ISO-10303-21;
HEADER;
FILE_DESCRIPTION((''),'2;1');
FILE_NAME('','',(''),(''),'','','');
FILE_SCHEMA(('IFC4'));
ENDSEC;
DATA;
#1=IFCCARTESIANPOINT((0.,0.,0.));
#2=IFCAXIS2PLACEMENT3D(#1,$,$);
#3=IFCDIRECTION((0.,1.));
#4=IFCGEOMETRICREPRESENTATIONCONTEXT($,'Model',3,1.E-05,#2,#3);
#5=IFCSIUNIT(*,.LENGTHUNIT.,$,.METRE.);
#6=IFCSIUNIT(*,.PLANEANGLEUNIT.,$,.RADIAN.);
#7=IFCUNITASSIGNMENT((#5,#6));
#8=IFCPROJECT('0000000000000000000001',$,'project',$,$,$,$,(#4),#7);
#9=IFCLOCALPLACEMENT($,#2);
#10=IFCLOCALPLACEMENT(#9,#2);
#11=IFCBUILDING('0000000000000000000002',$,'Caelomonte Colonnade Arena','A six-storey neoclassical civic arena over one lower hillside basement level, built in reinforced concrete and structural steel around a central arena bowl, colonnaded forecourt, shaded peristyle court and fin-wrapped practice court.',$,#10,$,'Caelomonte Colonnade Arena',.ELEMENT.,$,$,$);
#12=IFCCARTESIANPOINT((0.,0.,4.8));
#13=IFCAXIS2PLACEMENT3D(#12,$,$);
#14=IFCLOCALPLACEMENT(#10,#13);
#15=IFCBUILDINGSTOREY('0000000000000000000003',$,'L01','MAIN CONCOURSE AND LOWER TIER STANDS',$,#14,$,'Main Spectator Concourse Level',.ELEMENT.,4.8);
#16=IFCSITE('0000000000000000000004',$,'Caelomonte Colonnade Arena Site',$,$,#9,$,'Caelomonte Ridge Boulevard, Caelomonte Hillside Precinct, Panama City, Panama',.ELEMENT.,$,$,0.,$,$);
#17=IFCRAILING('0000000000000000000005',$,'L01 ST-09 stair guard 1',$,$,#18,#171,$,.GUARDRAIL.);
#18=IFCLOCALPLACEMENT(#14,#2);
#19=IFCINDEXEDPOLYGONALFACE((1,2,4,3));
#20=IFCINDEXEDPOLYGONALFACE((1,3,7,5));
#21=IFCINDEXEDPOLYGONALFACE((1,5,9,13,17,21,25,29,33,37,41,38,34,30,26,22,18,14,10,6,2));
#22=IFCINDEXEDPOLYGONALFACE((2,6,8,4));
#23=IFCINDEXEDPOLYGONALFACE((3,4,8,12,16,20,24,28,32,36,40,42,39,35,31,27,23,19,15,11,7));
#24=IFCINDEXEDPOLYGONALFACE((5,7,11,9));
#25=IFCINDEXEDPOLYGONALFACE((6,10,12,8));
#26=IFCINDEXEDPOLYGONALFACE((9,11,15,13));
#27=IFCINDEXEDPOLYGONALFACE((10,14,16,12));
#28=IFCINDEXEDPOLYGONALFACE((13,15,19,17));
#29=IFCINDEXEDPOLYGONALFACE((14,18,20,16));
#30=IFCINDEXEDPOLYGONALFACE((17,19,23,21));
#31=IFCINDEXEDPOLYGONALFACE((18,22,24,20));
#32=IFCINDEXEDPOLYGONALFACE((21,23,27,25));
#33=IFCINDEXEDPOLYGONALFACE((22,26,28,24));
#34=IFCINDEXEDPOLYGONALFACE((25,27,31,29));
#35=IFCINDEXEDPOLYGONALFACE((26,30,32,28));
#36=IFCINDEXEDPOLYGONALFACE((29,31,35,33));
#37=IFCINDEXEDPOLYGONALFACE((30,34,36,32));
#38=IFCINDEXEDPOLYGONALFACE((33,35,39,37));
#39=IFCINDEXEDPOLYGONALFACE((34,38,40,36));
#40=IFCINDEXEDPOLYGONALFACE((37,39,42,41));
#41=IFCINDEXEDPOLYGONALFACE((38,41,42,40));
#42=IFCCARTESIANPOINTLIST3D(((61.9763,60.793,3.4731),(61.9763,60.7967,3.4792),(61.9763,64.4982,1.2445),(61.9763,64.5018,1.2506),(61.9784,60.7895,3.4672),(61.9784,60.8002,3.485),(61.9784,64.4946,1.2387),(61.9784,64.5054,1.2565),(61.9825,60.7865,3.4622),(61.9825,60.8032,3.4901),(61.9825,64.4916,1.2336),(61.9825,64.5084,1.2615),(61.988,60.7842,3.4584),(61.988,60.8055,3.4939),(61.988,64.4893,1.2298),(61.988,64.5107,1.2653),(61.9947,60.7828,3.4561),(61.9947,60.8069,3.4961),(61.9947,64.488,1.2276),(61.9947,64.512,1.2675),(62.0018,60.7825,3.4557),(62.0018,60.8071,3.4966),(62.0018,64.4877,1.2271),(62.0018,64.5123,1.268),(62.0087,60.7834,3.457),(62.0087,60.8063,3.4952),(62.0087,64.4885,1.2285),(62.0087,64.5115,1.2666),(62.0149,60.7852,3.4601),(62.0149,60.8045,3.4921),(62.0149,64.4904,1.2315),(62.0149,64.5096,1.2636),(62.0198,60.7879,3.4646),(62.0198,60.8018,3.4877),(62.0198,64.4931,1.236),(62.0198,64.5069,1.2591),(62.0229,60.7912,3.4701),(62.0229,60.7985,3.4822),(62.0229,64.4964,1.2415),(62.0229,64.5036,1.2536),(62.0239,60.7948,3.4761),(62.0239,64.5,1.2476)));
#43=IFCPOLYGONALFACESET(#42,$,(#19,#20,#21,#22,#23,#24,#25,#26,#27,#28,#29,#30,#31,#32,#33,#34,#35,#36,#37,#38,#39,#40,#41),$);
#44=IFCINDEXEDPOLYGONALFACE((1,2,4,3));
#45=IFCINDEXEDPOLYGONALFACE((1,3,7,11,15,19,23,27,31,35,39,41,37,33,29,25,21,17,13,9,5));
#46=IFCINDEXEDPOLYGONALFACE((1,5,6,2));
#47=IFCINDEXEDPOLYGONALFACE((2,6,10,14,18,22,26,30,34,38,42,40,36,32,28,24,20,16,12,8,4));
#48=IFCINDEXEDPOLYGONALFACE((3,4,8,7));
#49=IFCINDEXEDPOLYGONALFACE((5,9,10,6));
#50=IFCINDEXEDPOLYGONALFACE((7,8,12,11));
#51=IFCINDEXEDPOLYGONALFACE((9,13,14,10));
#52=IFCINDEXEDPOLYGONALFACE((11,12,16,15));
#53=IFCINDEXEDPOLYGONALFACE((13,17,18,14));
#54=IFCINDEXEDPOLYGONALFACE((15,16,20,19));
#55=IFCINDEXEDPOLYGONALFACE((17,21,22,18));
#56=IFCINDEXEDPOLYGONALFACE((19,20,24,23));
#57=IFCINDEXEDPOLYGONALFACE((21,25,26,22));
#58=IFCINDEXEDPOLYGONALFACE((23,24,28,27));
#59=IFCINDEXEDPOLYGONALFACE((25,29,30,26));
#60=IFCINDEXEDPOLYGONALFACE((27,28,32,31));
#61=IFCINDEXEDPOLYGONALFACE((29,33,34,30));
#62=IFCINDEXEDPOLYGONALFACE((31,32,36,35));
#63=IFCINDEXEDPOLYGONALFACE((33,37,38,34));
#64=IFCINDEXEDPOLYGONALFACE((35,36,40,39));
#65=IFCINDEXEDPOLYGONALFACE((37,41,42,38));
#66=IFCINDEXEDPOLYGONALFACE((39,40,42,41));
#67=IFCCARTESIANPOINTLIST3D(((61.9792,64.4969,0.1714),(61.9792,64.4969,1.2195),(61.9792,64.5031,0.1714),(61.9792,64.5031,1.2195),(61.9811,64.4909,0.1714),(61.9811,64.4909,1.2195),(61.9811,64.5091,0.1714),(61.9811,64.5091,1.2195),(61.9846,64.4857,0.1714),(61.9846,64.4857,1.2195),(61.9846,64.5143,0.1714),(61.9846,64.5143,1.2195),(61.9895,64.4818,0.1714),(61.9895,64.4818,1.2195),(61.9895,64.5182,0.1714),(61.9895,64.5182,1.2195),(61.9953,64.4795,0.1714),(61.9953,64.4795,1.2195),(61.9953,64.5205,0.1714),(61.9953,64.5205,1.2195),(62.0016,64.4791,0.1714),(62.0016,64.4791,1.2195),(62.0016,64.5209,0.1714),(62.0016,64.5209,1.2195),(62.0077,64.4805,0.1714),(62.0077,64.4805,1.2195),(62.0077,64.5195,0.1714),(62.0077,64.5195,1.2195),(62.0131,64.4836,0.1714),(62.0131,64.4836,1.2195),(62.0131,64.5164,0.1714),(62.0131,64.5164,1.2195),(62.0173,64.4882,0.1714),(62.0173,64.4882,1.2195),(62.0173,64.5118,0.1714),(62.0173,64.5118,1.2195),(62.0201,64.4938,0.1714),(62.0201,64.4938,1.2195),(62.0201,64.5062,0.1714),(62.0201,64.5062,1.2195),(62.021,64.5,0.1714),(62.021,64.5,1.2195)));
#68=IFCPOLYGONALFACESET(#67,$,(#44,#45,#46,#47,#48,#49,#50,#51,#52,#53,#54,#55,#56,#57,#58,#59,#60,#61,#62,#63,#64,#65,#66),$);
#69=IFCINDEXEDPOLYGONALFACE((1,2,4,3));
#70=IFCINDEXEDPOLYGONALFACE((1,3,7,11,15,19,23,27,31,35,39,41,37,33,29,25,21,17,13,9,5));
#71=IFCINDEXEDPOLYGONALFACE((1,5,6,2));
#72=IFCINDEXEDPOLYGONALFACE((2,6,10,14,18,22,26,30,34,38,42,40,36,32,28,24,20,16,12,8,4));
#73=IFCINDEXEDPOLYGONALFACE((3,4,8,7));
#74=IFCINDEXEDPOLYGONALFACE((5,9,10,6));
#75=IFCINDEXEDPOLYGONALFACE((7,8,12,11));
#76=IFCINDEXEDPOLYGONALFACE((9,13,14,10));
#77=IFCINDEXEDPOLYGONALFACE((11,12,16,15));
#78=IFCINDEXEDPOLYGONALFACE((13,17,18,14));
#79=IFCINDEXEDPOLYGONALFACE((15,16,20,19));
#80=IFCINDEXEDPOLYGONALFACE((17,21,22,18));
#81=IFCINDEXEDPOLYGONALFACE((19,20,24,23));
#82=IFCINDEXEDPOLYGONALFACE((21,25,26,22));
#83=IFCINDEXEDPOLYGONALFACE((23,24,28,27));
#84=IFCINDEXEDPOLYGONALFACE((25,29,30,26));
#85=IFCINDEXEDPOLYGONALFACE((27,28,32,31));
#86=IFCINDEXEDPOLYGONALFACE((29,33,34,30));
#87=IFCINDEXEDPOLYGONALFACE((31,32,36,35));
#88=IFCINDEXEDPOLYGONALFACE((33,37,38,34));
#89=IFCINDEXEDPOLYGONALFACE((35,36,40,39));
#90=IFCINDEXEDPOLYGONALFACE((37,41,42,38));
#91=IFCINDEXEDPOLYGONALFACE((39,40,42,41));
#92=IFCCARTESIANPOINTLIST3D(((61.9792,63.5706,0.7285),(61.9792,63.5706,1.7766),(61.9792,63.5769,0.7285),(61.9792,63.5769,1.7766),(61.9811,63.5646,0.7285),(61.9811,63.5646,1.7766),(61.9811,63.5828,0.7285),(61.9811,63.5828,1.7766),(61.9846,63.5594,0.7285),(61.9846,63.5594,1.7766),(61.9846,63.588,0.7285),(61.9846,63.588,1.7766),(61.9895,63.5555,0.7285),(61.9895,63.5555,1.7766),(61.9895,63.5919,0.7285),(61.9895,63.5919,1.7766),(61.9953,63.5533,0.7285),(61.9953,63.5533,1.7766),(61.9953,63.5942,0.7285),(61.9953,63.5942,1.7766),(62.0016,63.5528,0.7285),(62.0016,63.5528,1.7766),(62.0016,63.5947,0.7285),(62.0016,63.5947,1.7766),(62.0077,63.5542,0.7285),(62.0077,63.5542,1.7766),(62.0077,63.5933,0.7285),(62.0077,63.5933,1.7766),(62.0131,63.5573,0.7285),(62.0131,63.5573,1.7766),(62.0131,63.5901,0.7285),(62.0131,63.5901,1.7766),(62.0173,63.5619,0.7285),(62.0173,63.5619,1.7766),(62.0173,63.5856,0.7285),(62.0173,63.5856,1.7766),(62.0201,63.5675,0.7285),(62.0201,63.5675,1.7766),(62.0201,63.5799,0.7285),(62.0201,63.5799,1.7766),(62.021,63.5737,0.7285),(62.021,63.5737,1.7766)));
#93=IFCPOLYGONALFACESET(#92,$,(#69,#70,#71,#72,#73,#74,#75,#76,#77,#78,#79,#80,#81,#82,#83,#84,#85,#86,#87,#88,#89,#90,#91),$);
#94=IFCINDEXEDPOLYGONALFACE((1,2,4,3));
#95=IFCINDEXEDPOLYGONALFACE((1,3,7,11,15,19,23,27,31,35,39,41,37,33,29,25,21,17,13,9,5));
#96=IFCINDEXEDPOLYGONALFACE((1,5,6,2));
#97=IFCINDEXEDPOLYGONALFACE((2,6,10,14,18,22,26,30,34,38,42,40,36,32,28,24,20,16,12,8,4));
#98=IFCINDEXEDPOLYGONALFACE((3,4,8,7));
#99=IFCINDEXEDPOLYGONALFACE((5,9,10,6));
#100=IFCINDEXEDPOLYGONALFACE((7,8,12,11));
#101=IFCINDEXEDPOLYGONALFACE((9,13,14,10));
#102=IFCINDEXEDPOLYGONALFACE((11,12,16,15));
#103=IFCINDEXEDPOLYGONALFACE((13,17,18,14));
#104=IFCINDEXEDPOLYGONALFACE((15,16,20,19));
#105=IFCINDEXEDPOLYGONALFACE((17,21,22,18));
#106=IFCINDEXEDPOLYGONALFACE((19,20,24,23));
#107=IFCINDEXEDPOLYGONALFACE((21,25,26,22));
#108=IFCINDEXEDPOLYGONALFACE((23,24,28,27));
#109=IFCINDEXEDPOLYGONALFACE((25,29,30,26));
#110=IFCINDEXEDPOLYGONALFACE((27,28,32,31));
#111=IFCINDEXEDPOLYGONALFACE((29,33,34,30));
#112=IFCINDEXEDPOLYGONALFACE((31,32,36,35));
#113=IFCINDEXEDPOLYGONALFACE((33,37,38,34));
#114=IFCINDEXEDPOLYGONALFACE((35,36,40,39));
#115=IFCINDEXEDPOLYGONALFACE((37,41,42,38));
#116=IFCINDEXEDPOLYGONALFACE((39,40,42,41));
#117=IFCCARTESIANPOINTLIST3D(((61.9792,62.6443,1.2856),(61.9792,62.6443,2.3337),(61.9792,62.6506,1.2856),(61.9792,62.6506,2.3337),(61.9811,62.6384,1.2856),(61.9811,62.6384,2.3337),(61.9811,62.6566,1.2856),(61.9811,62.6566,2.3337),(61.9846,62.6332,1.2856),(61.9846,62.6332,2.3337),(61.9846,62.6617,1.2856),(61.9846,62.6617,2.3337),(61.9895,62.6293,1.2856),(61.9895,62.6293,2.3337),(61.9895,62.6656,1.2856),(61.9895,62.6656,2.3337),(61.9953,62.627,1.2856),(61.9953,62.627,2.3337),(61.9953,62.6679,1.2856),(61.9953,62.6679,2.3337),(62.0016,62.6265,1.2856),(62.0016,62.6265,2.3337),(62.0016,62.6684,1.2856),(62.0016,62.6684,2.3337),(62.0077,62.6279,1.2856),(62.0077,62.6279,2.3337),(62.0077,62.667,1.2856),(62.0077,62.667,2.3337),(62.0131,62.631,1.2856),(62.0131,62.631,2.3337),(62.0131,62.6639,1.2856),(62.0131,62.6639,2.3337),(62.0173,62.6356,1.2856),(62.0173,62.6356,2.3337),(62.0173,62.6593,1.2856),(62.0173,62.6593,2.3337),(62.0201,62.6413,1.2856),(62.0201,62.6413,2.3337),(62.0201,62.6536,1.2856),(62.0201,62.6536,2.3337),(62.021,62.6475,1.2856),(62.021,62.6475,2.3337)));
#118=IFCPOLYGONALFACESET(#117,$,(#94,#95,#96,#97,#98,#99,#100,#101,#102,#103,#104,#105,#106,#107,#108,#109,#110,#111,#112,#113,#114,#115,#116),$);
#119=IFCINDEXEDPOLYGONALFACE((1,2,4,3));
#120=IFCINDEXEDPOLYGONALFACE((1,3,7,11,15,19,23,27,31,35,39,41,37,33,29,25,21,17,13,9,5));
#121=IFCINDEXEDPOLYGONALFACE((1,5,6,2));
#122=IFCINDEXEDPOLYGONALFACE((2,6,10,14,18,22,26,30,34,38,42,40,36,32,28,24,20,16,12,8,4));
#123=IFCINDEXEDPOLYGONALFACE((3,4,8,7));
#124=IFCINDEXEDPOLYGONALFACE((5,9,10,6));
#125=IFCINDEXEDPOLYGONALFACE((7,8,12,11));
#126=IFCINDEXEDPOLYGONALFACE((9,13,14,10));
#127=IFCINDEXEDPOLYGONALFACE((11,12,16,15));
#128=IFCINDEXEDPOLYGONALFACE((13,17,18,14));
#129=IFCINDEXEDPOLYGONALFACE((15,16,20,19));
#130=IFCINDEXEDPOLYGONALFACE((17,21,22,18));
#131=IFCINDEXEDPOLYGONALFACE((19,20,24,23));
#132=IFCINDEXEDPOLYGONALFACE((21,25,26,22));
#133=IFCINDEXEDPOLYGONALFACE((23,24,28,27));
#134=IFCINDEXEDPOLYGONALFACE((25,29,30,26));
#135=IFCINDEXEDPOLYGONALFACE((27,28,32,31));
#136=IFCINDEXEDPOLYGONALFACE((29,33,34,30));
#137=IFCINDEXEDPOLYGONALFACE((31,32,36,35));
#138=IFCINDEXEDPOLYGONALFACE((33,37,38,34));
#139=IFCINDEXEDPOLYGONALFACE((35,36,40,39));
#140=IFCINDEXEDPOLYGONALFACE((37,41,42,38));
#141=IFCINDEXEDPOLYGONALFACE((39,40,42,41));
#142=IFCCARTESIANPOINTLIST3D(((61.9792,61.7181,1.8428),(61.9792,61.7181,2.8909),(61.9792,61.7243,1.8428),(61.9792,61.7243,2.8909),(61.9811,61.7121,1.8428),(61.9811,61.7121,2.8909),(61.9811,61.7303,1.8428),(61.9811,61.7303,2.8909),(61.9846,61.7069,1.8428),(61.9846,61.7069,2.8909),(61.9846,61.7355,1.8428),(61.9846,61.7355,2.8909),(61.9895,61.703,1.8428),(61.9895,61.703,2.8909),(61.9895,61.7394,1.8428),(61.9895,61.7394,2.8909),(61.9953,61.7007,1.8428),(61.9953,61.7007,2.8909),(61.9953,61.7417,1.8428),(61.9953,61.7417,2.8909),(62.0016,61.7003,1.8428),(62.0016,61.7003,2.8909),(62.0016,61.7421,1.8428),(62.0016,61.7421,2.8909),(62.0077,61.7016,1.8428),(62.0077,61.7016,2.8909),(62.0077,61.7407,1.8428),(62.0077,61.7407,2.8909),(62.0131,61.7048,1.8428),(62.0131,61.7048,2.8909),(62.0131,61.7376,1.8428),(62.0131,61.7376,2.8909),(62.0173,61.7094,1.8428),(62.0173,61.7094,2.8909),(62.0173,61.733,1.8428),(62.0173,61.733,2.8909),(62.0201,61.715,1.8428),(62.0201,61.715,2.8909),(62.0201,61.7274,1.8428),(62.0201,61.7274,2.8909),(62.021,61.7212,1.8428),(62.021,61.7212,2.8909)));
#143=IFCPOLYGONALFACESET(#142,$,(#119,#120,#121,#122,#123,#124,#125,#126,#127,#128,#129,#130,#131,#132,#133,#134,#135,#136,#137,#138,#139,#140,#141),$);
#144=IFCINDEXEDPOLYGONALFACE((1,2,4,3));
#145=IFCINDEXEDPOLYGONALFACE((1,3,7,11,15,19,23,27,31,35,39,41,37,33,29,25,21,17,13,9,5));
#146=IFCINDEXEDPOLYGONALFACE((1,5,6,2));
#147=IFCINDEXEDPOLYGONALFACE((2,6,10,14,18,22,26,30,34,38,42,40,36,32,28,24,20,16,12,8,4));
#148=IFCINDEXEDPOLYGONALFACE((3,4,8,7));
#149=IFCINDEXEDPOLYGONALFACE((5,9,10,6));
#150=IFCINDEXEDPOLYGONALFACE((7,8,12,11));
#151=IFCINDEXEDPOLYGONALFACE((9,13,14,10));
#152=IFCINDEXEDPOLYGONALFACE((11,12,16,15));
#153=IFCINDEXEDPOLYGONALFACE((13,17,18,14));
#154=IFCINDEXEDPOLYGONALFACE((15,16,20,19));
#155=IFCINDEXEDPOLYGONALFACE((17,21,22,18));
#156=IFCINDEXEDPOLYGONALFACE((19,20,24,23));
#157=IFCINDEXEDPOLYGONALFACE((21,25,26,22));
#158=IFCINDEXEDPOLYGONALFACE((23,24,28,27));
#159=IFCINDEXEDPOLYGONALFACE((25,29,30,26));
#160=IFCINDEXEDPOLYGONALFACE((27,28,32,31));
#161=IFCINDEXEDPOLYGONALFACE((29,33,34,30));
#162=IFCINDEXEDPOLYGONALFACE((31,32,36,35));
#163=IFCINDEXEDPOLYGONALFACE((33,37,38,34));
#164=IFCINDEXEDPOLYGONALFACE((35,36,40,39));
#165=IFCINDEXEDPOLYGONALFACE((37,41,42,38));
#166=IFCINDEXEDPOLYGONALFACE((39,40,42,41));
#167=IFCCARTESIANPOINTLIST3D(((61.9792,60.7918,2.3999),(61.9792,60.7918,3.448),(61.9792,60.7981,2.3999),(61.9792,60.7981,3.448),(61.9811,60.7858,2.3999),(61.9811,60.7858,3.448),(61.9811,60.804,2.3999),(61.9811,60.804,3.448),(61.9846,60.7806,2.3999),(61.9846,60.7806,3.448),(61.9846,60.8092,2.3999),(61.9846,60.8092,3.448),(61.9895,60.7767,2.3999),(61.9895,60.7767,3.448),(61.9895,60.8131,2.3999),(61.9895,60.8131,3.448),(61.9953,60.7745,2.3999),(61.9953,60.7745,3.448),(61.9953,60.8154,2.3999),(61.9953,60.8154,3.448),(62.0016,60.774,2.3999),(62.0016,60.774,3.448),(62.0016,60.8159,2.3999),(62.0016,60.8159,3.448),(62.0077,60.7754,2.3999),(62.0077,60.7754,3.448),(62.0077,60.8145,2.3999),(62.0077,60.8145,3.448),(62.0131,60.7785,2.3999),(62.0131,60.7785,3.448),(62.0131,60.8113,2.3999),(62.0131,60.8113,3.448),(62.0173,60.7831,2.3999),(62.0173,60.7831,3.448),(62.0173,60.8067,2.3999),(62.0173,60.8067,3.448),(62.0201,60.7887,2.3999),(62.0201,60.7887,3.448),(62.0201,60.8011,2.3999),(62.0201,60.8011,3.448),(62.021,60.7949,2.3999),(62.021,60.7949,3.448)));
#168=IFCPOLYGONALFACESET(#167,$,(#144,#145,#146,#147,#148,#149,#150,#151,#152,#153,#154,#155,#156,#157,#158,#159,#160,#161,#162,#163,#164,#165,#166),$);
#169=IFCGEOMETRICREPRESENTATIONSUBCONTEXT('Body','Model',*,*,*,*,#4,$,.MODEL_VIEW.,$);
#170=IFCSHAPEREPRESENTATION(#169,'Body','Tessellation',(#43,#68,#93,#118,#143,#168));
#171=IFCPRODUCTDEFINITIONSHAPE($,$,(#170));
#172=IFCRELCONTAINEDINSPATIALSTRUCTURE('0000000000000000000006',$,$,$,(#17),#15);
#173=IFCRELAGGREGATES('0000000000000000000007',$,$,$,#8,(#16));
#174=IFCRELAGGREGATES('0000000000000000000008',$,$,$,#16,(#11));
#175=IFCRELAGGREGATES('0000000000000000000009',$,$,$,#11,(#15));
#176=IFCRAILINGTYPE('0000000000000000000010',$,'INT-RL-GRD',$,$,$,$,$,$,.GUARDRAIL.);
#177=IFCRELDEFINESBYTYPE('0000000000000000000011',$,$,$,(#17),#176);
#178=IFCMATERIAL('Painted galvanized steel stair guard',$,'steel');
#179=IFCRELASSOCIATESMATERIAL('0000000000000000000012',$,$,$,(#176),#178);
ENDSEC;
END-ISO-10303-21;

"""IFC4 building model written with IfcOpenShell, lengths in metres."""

from ifc_helpers import new_model, si_unit, direction, frame, origin, origin_2d, place, context, subcontext, project, spatial, circle, extrude, material, type_object, element, save


model = new_model("IFC4")

# Units and contexts
model_context = context("Model", 3, precision=1e-05, world=origin(), true_north=direction((0.0, 1.0)))
body_context = subcontext(model_context, "Body", "Model", "MODEL_VIEW")
ifc_project = project(units=[si_unit("LENGTHUNIT", "METRE"), si_unit("PLANEANGLEUNIT", "RADIAN")], contexts=[model_context])

# Site, building, storey
site_placement = place(None, origin())
site = spatial("IfcSite", under=ifc_project, at=site_placement, Name="Caelomonte Colonnade Arena Site", LongName="Caelomonte Ridge Boulevard, Caelomonte Hillside Precinct, Panama City, Panama", CompositionType="ELEMENT", RefElevation=0.0)
building_placement = place(site_placement, origin())
building = spatial("IfcBuilding", under=site, at=building_placement, Name="Caelomonte Colonnade Arena", Description="A six-storey neoclassical civic arena over one lower hillside basement level, built in reinforced concrete and structural steel around a central arena bowl, colonnaded forecourt, shaded peristyle court and fin-wrapped practice court.", LongName="Caelomonte Colonnade Arena", CompositionType="ELEMENT")
storey_placement = place(building_placement, frame((0.0, 0.0, 4.8)))
storey = spatial("IfcBuildingStorey", under=building, at=storey_placement, Name="L01", Description="MAIN CONCOURSE AND LOWER TIER STANDS", LongName="Main Spectator Concourse Level", CompositionType="ELEMENT", Elevation=4.8)

# Railing
ifc_material_1 = material(Name="Painted galvanized steel stair guard", Category="steel")
railing_type = type_object("IfcRailingType", Name="INT-RL-GRD", PredefinedType="GUARDRAIL", material=ifc_material_1)
railing_1_placement = place(storey_placement, frame((62.0, 64.5, 0.1714)))
element("IfcRailing", 1, at=railing_1_placement, inside=storey, type_object=railing_type, Name="L01 ST-09 stair guard 1", PredefinedType="GUARDRAIL", context=body_context, shape_type="SweptSolid", body=[
    extrude(circle(Radius=0.0239, at=origin_2d()), frame((0.0, 0.0, 1.0762), z_axis=(0.0, -0.856934, 0.515425), x_axis=(1.0, 0.0, 0.0)), (0.0, 0.0, 1.0), 4.3237),
    extrude(circle(Radius=0.021, at=origin_2d()), origin(), (0.0, 0.0, 1.0), 1.0481),
    extrude(circle(Radius=0.021, at=origin_2d()), frame((0.0, -0.9263, 0.5571)), (0.0, 0.0, 1.0), 1.0481),
    extrude(circle(Radius=0.021, at=origin_2d()), frame((0.0, -1.8525, 1.1143)), (0.0, 0.0, 1.0), 1.0481),
    extrude(circle(Radius=0.021, at=origin_2d()), frame((0.0, -2.7788, 1.6714)), (0.0, 0.0, 1.0), 1.0481),
    extrude(circle(Radius=0.021, at=origin_2d()), frame((0.0, -3.7051, 2.2285)), (0.0, 0.0, 1.0), 1.0481),
])

save(model, "model.ifc")
